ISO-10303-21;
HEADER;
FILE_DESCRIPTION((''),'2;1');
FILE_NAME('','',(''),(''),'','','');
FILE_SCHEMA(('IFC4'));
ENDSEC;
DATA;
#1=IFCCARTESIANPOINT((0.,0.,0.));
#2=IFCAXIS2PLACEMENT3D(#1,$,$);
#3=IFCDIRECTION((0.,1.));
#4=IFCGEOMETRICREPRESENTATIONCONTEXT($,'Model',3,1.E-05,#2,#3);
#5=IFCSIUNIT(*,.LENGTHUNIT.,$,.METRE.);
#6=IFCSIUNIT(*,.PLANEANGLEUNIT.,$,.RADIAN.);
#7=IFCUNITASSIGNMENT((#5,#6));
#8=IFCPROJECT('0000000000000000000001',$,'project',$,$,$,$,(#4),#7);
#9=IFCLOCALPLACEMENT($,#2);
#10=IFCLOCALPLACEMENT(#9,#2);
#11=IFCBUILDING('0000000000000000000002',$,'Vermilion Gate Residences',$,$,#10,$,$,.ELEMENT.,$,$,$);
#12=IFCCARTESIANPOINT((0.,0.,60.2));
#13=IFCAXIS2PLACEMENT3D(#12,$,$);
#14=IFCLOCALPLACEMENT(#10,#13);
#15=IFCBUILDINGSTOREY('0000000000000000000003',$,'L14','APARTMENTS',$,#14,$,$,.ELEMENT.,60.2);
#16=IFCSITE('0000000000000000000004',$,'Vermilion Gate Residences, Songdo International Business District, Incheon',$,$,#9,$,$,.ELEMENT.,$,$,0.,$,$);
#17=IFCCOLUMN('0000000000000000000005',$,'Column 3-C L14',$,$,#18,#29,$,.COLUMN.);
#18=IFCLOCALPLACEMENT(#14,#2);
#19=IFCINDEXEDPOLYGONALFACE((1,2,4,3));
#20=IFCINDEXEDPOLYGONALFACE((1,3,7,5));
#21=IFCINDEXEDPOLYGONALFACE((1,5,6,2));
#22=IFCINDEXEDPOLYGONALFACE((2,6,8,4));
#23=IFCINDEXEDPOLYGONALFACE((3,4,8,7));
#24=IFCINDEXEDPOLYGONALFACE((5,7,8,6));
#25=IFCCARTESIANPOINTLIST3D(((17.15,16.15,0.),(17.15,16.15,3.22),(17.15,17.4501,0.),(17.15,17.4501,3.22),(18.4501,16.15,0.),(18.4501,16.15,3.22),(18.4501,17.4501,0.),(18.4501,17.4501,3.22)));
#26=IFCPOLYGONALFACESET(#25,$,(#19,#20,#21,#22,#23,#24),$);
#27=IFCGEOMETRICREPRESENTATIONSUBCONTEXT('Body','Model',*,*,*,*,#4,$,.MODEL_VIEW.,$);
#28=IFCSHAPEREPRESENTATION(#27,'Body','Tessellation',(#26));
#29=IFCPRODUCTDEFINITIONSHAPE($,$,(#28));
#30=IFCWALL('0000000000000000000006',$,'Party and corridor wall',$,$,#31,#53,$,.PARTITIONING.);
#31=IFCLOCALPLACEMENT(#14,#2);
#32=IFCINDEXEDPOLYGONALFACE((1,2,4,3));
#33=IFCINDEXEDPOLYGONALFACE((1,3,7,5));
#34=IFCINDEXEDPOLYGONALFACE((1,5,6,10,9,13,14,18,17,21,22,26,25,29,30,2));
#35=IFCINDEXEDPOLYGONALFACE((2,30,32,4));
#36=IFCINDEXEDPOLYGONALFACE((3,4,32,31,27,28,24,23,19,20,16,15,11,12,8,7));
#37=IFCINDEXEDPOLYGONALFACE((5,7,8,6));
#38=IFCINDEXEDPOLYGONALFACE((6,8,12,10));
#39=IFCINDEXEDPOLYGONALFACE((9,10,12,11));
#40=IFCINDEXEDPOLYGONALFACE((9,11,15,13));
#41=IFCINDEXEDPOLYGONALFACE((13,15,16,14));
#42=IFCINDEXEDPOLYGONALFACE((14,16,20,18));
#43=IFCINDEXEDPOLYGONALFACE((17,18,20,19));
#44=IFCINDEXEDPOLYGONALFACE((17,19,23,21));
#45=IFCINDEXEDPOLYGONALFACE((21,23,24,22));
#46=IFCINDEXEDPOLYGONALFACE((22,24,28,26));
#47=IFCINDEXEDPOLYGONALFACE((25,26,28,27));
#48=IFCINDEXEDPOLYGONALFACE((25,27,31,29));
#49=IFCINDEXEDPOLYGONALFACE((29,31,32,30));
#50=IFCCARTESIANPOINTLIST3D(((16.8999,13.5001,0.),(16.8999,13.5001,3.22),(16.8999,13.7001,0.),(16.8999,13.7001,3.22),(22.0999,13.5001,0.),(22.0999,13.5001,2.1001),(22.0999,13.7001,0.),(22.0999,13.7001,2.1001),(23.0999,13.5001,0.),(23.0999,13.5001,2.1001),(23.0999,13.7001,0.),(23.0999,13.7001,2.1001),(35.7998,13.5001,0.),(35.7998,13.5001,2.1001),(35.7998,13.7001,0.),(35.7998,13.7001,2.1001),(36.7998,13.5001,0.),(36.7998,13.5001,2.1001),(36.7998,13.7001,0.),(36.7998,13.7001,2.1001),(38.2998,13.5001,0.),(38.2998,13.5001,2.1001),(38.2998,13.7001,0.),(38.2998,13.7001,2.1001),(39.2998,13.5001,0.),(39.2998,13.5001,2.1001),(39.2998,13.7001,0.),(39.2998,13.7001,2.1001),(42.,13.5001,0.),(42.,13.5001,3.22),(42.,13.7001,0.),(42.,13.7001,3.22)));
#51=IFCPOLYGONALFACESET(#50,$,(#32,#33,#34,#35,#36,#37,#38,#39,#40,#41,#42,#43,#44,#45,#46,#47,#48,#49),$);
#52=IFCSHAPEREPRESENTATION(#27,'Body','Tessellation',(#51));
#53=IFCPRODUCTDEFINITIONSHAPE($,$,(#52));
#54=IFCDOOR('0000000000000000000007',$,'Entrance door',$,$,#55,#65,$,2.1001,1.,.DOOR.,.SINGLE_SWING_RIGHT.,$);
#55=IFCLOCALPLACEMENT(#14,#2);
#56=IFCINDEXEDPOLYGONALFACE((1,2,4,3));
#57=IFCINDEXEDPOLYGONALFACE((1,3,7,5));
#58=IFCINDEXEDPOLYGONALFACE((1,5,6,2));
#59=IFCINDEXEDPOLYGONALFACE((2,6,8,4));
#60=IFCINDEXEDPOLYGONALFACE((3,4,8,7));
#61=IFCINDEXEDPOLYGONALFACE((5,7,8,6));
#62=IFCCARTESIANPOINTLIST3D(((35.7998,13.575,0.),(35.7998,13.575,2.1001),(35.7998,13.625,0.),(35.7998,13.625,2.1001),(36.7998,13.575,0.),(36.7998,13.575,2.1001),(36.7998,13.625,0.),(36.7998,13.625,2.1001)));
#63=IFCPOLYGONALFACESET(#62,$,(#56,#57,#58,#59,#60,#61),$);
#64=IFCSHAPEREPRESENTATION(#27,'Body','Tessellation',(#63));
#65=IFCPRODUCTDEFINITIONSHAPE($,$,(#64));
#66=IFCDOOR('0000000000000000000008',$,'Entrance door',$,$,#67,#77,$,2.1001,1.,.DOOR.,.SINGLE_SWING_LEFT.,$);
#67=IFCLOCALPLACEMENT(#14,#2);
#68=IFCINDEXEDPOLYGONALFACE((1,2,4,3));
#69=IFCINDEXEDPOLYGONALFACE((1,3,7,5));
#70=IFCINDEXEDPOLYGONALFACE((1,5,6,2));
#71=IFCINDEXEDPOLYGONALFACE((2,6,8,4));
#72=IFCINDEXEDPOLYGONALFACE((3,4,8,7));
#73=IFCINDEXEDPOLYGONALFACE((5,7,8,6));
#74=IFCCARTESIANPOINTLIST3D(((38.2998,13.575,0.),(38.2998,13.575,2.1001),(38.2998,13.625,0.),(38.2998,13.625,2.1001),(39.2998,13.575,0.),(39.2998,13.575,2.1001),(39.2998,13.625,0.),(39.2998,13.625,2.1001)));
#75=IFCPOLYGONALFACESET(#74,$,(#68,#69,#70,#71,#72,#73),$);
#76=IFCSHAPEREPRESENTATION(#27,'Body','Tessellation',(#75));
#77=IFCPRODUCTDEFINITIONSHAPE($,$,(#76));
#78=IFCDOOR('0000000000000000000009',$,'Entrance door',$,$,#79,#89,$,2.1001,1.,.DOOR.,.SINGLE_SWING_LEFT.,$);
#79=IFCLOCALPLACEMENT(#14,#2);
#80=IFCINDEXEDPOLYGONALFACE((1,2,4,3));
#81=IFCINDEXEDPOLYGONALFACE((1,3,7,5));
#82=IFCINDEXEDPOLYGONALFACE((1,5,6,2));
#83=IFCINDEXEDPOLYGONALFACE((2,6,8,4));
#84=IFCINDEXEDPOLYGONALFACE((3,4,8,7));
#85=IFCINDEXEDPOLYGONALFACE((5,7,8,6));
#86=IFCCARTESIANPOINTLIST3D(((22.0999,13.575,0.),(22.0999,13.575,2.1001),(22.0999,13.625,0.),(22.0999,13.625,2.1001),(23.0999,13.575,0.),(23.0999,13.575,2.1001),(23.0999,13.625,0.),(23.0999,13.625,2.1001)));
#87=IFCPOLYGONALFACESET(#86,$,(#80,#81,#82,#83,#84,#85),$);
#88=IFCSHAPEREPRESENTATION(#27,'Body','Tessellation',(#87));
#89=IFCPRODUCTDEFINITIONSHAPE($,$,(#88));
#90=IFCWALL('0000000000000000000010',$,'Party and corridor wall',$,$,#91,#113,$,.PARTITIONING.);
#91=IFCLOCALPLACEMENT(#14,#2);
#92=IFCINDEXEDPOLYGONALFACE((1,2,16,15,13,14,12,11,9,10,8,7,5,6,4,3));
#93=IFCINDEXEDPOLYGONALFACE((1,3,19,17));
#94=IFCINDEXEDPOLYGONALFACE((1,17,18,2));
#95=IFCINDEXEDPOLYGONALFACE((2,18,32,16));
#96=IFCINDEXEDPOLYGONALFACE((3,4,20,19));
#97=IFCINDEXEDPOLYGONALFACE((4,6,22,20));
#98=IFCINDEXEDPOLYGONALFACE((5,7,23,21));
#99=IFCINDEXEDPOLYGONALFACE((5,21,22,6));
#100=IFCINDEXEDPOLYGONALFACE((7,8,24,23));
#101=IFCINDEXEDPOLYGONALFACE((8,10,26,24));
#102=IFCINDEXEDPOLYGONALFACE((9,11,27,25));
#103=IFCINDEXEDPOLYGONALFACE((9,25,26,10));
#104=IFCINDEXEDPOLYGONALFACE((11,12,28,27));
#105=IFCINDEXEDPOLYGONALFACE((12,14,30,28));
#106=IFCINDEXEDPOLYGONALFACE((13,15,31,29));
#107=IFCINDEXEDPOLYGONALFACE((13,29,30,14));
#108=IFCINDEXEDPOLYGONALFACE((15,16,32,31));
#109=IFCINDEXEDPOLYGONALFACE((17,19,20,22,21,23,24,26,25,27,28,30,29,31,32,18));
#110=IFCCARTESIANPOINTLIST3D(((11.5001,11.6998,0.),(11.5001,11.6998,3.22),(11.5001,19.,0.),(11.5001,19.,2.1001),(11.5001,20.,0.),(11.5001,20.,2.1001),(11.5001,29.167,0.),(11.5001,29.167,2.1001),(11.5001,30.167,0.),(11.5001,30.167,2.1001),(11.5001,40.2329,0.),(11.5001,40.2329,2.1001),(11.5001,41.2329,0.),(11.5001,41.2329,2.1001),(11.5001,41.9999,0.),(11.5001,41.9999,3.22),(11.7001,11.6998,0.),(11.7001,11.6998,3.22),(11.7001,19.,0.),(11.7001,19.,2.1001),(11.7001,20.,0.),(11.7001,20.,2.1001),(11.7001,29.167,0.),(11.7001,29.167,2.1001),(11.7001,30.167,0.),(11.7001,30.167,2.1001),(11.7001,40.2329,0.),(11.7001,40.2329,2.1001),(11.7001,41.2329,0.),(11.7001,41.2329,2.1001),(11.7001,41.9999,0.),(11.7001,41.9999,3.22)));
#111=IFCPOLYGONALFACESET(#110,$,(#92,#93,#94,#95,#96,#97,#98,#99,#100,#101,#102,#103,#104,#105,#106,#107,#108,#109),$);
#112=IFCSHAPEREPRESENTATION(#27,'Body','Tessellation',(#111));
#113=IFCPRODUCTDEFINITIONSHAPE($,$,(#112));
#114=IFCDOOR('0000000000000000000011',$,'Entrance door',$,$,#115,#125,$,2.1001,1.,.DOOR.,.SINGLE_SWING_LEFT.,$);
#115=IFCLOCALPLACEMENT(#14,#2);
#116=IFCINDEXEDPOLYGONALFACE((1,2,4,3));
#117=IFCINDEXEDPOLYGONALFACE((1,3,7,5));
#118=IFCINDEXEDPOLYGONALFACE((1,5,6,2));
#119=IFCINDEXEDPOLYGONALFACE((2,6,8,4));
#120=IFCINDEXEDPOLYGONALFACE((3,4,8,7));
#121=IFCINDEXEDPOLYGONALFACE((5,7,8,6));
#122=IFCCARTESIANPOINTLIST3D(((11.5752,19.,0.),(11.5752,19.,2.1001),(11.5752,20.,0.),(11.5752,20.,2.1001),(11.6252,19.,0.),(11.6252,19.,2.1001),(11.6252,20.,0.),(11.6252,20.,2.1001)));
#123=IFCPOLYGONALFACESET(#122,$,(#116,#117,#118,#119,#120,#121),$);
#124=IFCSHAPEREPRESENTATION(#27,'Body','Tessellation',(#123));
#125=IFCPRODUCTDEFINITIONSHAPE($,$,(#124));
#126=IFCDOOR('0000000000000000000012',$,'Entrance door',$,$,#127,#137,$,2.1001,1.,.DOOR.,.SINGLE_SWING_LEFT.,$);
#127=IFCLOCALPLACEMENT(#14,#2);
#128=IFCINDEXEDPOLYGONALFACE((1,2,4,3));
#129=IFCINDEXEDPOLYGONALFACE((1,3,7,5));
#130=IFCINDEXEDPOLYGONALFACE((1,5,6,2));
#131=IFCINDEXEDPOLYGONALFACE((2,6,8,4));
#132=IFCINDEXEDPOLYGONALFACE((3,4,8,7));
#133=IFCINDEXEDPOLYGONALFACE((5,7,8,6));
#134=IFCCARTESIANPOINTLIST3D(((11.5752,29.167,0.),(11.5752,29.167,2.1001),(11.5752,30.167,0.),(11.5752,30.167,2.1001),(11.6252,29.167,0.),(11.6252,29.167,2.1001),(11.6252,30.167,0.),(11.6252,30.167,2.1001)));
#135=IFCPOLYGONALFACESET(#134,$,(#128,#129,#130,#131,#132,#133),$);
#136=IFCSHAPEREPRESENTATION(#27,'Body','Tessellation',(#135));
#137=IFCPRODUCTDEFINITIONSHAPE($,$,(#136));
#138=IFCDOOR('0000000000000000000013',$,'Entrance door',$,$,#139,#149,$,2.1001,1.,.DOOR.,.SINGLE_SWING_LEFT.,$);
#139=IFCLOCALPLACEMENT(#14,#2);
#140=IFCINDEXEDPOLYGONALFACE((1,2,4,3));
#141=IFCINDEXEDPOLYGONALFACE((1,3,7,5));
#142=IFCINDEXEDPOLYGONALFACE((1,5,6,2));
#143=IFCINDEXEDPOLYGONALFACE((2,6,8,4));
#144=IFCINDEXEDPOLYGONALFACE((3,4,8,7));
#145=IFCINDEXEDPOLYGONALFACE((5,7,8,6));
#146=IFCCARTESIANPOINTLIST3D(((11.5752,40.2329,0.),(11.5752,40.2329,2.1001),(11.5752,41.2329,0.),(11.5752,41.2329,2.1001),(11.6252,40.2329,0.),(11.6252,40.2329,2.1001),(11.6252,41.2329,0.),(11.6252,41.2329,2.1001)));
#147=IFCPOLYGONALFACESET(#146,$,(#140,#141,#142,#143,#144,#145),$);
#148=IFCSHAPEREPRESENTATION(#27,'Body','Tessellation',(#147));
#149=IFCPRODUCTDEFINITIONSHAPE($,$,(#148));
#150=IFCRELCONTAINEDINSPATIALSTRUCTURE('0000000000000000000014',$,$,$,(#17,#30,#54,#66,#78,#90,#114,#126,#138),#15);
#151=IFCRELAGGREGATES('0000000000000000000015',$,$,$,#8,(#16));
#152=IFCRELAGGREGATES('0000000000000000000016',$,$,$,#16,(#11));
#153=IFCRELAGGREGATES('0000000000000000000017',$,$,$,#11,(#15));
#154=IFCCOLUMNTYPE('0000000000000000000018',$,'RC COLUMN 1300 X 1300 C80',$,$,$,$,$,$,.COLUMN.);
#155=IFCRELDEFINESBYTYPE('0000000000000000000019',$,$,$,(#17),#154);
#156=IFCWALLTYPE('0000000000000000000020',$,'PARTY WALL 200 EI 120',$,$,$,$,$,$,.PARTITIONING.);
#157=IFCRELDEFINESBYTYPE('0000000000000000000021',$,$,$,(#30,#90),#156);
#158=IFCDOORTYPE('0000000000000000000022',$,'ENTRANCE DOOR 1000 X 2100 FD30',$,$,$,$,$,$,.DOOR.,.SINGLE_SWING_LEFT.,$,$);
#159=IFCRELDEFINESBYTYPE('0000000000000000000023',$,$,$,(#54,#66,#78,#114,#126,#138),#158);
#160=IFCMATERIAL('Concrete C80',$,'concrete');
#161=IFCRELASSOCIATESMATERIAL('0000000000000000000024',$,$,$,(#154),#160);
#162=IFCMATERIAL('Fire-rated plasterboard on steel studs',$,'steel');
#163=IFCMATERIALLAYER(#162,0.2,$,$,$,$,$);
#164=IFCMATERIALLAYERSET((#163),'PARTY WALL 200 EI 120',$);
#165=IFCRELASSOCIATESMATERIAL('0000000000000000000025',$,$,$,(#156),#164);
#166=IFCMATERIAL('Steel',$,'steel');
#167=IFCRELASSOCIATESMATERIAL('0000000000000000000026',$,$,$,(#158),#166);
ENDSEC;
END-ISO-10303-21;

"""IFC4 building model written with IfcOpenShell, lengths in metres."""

from ifc_helpers import new_model, si_unit, direction, frame, frame_2d, origin, origin_2d, place, context, subcontext, project, spatial, rectangle, extrude, material, layer, layer_set, material_profile, profile_set, type_object, element, fill, save


model = new_model("IFC4")

# Units and contexts
model_context = context("Model", 3, precision=1e-05, world=origin(), true_north=direction((0.0, 1.0)))
body_context = subcontext(model_context, "Body", "Model", "MODEL_VIEW")
ifc_project = project(units=[si_unit("LENGTHUNIT", "METRE"), si_unit("PLANEANGLEUNIT", "RADIAN")], contexts=[model_context])

# Site, building, storey
site_placement = place(None, origin())
site = spatial("IfcSite", under=ifc_project, at=site_placement, Name="Vermilion Gate Residences, Songdo International Business District, Incheon", CompositionType="ELEMENT", RefElevation=0.0)
building_placement = place(site_placement, origin())
building = spatial("IfcBuilding", under=site, at=building_placement, Name="Vermilion Gate Residences", CompositionType="ELEMENT")
storey_placement = place(building_placement, frame((0.0, 0.0, 60.2)))
storey = spatial("IfcBuildingStorey", under=building, at=storey_placement, Name="L14", Description="APARTMENTS", CompositionType="ELEMENT", Elevation=60.2)

# Column
ifc_material_1 = material(Name="Concrete C80", Category="concrete")
ifc_material_profile = material_profile(ifc_material_1, rectangle(XDim=1.3, YDim=1.3, at=origin_2d()), Name="RC-1300x1300")
ifc_profile_set = profile_set([ifc_material_profile], Name="Concrete C80")
column_type = type_object("IfcColumnType", Name="RC COLUMN 1300 X 1300 C80", PredefinedType="COLUMN", material=ifc_profile_set)
column_placement = place(storey_placement, frame((17.8, 16.8, 0.0), z_axis=(0.0, 0.0, 1.0), x_axis=(1.0, 0.0, 0.0)))
element("IfcColumn", 1, at=column_placement, inside=storey, type_object=column_type, Name="Column 3-C L14", PredefinedType="COLUMN", context=body_context, shape_type="SweptSolid", body=[
    extrude(rectangle(XDim=1.3, YDim=1.3, at=origin_2d()), origin(), (0.0, 0.0, 1.0), 3.22),
])

# Walls, openings, doors
ifc_material_2 = material(Name="Fire-rated plasterboard on steel studs", Category="steel")
ifc_layer_1 = layer(ifc_material_2, 0.2)
ifc_layer_set_1 = layer_set([ifc_layer_1], Name="PARTY WALL 200 EI 120")
wall_type_1 = type_object("IfcWallType", Name="PARTY WALL 200 EI 120", PredefinedType="PARTITIONING", material=ifc_layer_set_1)
wall_1_placement = place(storey_placement, frame((16.8999, 13.6001, 0.0), z_axis=(0.0, 0.0, 1.0), x_axis=(1.0, 0.0, 0.0)))
wall_1 = element("IfcWall", 2, at=wall_1_placement, inside=storey, type_object=wall_type_1, Name="Party and corridor wall", PredefinedType="PARTITIONING", context=body_context, shape_type="SweptSolid", body=[
    extrude(rectangle(XDim=25.1001, YDim=0.2, at=frame_2d((12.55, 0.0))), origin(), (0.0, 0.0, 1.0), 3.22),
])
opening_1_placement = place(wall_1_placement, frame((18.8999, 0.0, 0.0)))
opening_1 = element("IfcOpeningElement", 3, at=opening_1_placement, cuts=wall_1, PredefinedType="OPENING", context=body_context, shape_type="SweptSolid", body=[
    extrude(rectangle(XDim=1.0, YDim=2.1001, at=frame_2d((0.5, 1.05))), frame((0.0, 0.1099, 0.0), z_axis=(0.0, -1.0, 0.0), x_axis=(1.0, 0.0, 0.0)), (0.0, 0.0, 1.0), 0.22),
])
opening_2_placement = place(wall_1_placement, frame((21.3999, 0.0, 0.0)))
opening_2 = element("IfcOpeningElement", 4, at=opening_2_placement, cuts=wall_1, PredefinedType="OPENING", context=body_context, shape_type="SweptSolid", body=[
    extrude(rectangle(XDim=1.0, YDim=2.1001, at=frame_2d((0.5, 1.05))), frame((0.0, 0.1099, 0.0), z_axis=(0.0, -1.0, 0.0), x_axis=(1.0, 0.0, 0.0)), (0.0, 0.0, 1.0), 0.22),
])
opening_3_placement = place(wall_1_placement, frame((5.2, 0.0, 0.0)))
opening_3 = element("IfcOpeningElement", 5, at=opening_3_placement, cuts=wall_1, PredefinedType="OPENING", context=body_context, shape_type="SweptSolid", body=[
    extrude(rectangle(XDim=1.0, YDim=2.1001, at=frame_2d((0.5, 1.05))), frame((0.0, 0.1099, 0.0), z_axis=(0.0, -1.0, 0.0), x_axis=(1.0, 0.0, 0.0)), (0.0, 0.0, 1.0), 0.22),
])
ifc_material_3 = material(Name="Steel", Category="steel")
door_type_1 = type_object("IfcDoorType", Name="ENTRANCE DOOR 1000 X 2100 FD30", OperationType="SINGLE_SWING_LEFT", PredefinedType="DOOR", material=ifc_material_3)
door_1_placement = place(opening_1_placement, origin())
door_1 = element("IfcDoor", 6, at=door_1_placement, inside=storey, type_object=door_type_1, Name="Entrance door", OperationType="SINGLE_SWING_RIGHT", OverallHeight=2.1001, OverallWidth=1.0, PredefinedType="DOOR", context=body_context, shape_type="SweptSolid", body=[
    extrude(rectangle(XDim=1.0, YDim=2.1001, at=frame_2d((0.5, 1.05))), frame((0.0, 0.0249, 0.0), z_axis=(0.0, -1.0, 0.0), x_axis=(1.0, 0.0, 0.0)), (0.0, 0.0, 1.0), 0.05),
])
fill(opening_1, door_1)
door_2_placement = place(opening_2_placement, origin())
door_2 = element("IfcDoor", 7, at=door_2_placement, inside=storey, type_object=door_type_1, Name="Entrance door", OperationType="SINGLE_SWING_LEFT", OverallHeight=2.1001, OverallWidth=1.0, PredefinedType="DOOR", context=body_context, shape_type="SweptSolid", body=[
    extrude(rectangle(XDim=1.0, YDim=2.1001, at=frame_2d((0.5, 1.05))), frame((0.0, 0.0249, 0.0), z_axis=(0.0, -1.0, 0.0), x_axis=(1.0, 0.0, 0.0)), (0.0, 0.0, 1.0), 0.05),
])
fill(opening_2, door_2)
door_3_placement = place(opening_3_placement, origin())
door_3 = element("IfcDoor", 8, at=door_3_placement, inside=storey, type_object=door_type_1, Name="Entrance door", OperationType="SINGLE_SWING_LEFT", OverallHeight=2.1001, OverallWidth=1.0, PredefinedType="DOOR", context=body_context, shape_type="SweptSolid", body=[
    extrude(rectangle(XDim=1.0, YDim=2.1001, at=frame_2d((0.5, 1.05))), frame((0.0, 0.0249, 0.0), z_axis=(0.0, -1.0, 0.0), x_axis=(1.0, 0.0, 0.0)), (0.0, 0.0, 1.0), 0.05),
])
fill(opening_3, door_3)
wall_2_placement = place(storey_placement, frame((11.6001, 11.7, 0.0), z_axis=(0.0, 0.0, 1.0), x_axis=(0.0, 1.0, 0.0)))
wall_2 = element("IfcWall", 9, at=wall_2_placement, inside=storey, type_object=wall_type_1, Name="Party and corridor wall", PredefinedType="PARTITIONING", context=body_context, shape_type="SweptSolid", body=[
    extrude(rectangle(XDim=30.3, YDim=0.2, at=frame_2d((15.1499, 0.0))), origin(), (0.0, 0.0, 1.0), 3.22),
])
opening_4_placement = place(wall_2_placement, frame((7.3, 0.0, 0.0)))
opening_4 = element("IfcOpeningElement", 10, at=opening_4_placement, cuts=wall_2, PredefinedType="OPENING", context=body_context, shape_type="SweptSolid", body=[
    extrude(rectangle(XDim=1.0, YDim=2.1001, at=frame_2d((0.5, 1.05))), frame((0.0, 0.1099, 0.0), z_axis=(0.0, -1.0, 0.0), x_axis=(1.0, 0.0, 0.0)), (0.0, 0.0, 1.0), 0.22),
])
opening_5_placement = place(wall_2_placement, frame((17.467, 0.0, 0.0)))
opening_5 = element("IfcOpeningElement", 11, at=opening_5_placement, cuts=wall_2, PredefinedType="OPENING", context=body_context, shape_type="SweptSolid", body=[
    extrude(rectangle(XDim=1.0, YDim=2.1001, at=frame_2d((0.5, 1.05))), frame((0.0, 0.1099, 0.0), z_axis=(0.0, -1.0, 0.0), x_axis=(1.0, 0.0, 0.0)), (0.0, 0.0, 1.0), 0.22),
])
opening_6_placement = place(wall_2_placement, frame((28.533, 0.0, 0.0)))
opening_6 = element("IfcOpeningElement", 12, at=opening_6_placement, cuts=wall_2, PredefinedType="OPENING", context=body_context, shape_type="SweptSolid", body=[
    extrude(rectangle(XDim=1.0, YDim=2.1001, at=frame_2d((0.5, 1.05))), frame((0.0, 0.1099, 0.0), z_axis=(0.0, -1.0, 0.0), x_axis=(1.0, 0.0, 0.0)), (0.0, 0.0, 1.0), 0.22),
])
door_4_placement = place(opening_4_placement, origin())
door_4 = element("IfcDoor", 13, at=door_4_placement, inside=storey, type_object=door_type_1, Name="Entrance door", OperationType="SINGLE_SWING_LEFT", OverallHeight=2.1001, OverallWidth=1.0, PredefinedType="DOOR", context=body_context, shape_type="SweptSolid", body=[
    extrude(rectangle(XDim=1.0, YDim=2.1001, at=frame_2d((0.5, 1.05))), frame((0.0, 0.0249, 0.0), z_axis=(0.0, -1.0, 0.0), x_axis=(1.0, 0.0, 0.0)), (0.0, 0.0, 1.0), 0.05),
])
fill(opening_4, door_4)
door_5_placement = place(opening_5_placement, origin())
door_5 = element("IfcDoor", 14, at=door_5_placement, inside=storey, type_object=door_type_1, Name="Entrance door", OperationType="SINGLE_SWING_LEFT", OverallHeight=2.1001, OverallWidth=1.0, PredefinedType="DOOR", context=body_context, shape_type="SweptSolid", body=[
    extrude(rectangle(XDim=1.0, YDim=2.1001, at=frame_2d((0.5, 1.05))), frame((0.0, 0.0249, 0.0), z_axis=(0.0, -1.0, 0.0), x_axis=(1.0, 0.0, 0.0)), (0.0, 0.0, 1.0), 0.05),
])
fill(opening_5, door_5)
door_6_placement = place(opening_6_placement, origin())
door_6 = element("IfcDoor", 15, at=door_6_placement, inside=storey, type_object=door_type_1, Name="Entrance door", OperationType="SINGLE_SWING_LEFT", OverallHeight=2.1001, OverallWidth=1.0, PredefinedType="DOOR", context=body_context, shape_type="SweptSolid", body=[
    extrude(rectangle(XDim=1.0, YDim=2.1001, at=frame_2d((0.5, 1.05))), frame((0.0, 0.0249, 0.0), z_axis=(0.0, -1.0, 0.0), x_axis=(1.0, 0.0, 0.0)), (0.0, 0.0, 1.0), 0.05),
])
fill(opening_6, door_6)

save(model, "model.ifc")
